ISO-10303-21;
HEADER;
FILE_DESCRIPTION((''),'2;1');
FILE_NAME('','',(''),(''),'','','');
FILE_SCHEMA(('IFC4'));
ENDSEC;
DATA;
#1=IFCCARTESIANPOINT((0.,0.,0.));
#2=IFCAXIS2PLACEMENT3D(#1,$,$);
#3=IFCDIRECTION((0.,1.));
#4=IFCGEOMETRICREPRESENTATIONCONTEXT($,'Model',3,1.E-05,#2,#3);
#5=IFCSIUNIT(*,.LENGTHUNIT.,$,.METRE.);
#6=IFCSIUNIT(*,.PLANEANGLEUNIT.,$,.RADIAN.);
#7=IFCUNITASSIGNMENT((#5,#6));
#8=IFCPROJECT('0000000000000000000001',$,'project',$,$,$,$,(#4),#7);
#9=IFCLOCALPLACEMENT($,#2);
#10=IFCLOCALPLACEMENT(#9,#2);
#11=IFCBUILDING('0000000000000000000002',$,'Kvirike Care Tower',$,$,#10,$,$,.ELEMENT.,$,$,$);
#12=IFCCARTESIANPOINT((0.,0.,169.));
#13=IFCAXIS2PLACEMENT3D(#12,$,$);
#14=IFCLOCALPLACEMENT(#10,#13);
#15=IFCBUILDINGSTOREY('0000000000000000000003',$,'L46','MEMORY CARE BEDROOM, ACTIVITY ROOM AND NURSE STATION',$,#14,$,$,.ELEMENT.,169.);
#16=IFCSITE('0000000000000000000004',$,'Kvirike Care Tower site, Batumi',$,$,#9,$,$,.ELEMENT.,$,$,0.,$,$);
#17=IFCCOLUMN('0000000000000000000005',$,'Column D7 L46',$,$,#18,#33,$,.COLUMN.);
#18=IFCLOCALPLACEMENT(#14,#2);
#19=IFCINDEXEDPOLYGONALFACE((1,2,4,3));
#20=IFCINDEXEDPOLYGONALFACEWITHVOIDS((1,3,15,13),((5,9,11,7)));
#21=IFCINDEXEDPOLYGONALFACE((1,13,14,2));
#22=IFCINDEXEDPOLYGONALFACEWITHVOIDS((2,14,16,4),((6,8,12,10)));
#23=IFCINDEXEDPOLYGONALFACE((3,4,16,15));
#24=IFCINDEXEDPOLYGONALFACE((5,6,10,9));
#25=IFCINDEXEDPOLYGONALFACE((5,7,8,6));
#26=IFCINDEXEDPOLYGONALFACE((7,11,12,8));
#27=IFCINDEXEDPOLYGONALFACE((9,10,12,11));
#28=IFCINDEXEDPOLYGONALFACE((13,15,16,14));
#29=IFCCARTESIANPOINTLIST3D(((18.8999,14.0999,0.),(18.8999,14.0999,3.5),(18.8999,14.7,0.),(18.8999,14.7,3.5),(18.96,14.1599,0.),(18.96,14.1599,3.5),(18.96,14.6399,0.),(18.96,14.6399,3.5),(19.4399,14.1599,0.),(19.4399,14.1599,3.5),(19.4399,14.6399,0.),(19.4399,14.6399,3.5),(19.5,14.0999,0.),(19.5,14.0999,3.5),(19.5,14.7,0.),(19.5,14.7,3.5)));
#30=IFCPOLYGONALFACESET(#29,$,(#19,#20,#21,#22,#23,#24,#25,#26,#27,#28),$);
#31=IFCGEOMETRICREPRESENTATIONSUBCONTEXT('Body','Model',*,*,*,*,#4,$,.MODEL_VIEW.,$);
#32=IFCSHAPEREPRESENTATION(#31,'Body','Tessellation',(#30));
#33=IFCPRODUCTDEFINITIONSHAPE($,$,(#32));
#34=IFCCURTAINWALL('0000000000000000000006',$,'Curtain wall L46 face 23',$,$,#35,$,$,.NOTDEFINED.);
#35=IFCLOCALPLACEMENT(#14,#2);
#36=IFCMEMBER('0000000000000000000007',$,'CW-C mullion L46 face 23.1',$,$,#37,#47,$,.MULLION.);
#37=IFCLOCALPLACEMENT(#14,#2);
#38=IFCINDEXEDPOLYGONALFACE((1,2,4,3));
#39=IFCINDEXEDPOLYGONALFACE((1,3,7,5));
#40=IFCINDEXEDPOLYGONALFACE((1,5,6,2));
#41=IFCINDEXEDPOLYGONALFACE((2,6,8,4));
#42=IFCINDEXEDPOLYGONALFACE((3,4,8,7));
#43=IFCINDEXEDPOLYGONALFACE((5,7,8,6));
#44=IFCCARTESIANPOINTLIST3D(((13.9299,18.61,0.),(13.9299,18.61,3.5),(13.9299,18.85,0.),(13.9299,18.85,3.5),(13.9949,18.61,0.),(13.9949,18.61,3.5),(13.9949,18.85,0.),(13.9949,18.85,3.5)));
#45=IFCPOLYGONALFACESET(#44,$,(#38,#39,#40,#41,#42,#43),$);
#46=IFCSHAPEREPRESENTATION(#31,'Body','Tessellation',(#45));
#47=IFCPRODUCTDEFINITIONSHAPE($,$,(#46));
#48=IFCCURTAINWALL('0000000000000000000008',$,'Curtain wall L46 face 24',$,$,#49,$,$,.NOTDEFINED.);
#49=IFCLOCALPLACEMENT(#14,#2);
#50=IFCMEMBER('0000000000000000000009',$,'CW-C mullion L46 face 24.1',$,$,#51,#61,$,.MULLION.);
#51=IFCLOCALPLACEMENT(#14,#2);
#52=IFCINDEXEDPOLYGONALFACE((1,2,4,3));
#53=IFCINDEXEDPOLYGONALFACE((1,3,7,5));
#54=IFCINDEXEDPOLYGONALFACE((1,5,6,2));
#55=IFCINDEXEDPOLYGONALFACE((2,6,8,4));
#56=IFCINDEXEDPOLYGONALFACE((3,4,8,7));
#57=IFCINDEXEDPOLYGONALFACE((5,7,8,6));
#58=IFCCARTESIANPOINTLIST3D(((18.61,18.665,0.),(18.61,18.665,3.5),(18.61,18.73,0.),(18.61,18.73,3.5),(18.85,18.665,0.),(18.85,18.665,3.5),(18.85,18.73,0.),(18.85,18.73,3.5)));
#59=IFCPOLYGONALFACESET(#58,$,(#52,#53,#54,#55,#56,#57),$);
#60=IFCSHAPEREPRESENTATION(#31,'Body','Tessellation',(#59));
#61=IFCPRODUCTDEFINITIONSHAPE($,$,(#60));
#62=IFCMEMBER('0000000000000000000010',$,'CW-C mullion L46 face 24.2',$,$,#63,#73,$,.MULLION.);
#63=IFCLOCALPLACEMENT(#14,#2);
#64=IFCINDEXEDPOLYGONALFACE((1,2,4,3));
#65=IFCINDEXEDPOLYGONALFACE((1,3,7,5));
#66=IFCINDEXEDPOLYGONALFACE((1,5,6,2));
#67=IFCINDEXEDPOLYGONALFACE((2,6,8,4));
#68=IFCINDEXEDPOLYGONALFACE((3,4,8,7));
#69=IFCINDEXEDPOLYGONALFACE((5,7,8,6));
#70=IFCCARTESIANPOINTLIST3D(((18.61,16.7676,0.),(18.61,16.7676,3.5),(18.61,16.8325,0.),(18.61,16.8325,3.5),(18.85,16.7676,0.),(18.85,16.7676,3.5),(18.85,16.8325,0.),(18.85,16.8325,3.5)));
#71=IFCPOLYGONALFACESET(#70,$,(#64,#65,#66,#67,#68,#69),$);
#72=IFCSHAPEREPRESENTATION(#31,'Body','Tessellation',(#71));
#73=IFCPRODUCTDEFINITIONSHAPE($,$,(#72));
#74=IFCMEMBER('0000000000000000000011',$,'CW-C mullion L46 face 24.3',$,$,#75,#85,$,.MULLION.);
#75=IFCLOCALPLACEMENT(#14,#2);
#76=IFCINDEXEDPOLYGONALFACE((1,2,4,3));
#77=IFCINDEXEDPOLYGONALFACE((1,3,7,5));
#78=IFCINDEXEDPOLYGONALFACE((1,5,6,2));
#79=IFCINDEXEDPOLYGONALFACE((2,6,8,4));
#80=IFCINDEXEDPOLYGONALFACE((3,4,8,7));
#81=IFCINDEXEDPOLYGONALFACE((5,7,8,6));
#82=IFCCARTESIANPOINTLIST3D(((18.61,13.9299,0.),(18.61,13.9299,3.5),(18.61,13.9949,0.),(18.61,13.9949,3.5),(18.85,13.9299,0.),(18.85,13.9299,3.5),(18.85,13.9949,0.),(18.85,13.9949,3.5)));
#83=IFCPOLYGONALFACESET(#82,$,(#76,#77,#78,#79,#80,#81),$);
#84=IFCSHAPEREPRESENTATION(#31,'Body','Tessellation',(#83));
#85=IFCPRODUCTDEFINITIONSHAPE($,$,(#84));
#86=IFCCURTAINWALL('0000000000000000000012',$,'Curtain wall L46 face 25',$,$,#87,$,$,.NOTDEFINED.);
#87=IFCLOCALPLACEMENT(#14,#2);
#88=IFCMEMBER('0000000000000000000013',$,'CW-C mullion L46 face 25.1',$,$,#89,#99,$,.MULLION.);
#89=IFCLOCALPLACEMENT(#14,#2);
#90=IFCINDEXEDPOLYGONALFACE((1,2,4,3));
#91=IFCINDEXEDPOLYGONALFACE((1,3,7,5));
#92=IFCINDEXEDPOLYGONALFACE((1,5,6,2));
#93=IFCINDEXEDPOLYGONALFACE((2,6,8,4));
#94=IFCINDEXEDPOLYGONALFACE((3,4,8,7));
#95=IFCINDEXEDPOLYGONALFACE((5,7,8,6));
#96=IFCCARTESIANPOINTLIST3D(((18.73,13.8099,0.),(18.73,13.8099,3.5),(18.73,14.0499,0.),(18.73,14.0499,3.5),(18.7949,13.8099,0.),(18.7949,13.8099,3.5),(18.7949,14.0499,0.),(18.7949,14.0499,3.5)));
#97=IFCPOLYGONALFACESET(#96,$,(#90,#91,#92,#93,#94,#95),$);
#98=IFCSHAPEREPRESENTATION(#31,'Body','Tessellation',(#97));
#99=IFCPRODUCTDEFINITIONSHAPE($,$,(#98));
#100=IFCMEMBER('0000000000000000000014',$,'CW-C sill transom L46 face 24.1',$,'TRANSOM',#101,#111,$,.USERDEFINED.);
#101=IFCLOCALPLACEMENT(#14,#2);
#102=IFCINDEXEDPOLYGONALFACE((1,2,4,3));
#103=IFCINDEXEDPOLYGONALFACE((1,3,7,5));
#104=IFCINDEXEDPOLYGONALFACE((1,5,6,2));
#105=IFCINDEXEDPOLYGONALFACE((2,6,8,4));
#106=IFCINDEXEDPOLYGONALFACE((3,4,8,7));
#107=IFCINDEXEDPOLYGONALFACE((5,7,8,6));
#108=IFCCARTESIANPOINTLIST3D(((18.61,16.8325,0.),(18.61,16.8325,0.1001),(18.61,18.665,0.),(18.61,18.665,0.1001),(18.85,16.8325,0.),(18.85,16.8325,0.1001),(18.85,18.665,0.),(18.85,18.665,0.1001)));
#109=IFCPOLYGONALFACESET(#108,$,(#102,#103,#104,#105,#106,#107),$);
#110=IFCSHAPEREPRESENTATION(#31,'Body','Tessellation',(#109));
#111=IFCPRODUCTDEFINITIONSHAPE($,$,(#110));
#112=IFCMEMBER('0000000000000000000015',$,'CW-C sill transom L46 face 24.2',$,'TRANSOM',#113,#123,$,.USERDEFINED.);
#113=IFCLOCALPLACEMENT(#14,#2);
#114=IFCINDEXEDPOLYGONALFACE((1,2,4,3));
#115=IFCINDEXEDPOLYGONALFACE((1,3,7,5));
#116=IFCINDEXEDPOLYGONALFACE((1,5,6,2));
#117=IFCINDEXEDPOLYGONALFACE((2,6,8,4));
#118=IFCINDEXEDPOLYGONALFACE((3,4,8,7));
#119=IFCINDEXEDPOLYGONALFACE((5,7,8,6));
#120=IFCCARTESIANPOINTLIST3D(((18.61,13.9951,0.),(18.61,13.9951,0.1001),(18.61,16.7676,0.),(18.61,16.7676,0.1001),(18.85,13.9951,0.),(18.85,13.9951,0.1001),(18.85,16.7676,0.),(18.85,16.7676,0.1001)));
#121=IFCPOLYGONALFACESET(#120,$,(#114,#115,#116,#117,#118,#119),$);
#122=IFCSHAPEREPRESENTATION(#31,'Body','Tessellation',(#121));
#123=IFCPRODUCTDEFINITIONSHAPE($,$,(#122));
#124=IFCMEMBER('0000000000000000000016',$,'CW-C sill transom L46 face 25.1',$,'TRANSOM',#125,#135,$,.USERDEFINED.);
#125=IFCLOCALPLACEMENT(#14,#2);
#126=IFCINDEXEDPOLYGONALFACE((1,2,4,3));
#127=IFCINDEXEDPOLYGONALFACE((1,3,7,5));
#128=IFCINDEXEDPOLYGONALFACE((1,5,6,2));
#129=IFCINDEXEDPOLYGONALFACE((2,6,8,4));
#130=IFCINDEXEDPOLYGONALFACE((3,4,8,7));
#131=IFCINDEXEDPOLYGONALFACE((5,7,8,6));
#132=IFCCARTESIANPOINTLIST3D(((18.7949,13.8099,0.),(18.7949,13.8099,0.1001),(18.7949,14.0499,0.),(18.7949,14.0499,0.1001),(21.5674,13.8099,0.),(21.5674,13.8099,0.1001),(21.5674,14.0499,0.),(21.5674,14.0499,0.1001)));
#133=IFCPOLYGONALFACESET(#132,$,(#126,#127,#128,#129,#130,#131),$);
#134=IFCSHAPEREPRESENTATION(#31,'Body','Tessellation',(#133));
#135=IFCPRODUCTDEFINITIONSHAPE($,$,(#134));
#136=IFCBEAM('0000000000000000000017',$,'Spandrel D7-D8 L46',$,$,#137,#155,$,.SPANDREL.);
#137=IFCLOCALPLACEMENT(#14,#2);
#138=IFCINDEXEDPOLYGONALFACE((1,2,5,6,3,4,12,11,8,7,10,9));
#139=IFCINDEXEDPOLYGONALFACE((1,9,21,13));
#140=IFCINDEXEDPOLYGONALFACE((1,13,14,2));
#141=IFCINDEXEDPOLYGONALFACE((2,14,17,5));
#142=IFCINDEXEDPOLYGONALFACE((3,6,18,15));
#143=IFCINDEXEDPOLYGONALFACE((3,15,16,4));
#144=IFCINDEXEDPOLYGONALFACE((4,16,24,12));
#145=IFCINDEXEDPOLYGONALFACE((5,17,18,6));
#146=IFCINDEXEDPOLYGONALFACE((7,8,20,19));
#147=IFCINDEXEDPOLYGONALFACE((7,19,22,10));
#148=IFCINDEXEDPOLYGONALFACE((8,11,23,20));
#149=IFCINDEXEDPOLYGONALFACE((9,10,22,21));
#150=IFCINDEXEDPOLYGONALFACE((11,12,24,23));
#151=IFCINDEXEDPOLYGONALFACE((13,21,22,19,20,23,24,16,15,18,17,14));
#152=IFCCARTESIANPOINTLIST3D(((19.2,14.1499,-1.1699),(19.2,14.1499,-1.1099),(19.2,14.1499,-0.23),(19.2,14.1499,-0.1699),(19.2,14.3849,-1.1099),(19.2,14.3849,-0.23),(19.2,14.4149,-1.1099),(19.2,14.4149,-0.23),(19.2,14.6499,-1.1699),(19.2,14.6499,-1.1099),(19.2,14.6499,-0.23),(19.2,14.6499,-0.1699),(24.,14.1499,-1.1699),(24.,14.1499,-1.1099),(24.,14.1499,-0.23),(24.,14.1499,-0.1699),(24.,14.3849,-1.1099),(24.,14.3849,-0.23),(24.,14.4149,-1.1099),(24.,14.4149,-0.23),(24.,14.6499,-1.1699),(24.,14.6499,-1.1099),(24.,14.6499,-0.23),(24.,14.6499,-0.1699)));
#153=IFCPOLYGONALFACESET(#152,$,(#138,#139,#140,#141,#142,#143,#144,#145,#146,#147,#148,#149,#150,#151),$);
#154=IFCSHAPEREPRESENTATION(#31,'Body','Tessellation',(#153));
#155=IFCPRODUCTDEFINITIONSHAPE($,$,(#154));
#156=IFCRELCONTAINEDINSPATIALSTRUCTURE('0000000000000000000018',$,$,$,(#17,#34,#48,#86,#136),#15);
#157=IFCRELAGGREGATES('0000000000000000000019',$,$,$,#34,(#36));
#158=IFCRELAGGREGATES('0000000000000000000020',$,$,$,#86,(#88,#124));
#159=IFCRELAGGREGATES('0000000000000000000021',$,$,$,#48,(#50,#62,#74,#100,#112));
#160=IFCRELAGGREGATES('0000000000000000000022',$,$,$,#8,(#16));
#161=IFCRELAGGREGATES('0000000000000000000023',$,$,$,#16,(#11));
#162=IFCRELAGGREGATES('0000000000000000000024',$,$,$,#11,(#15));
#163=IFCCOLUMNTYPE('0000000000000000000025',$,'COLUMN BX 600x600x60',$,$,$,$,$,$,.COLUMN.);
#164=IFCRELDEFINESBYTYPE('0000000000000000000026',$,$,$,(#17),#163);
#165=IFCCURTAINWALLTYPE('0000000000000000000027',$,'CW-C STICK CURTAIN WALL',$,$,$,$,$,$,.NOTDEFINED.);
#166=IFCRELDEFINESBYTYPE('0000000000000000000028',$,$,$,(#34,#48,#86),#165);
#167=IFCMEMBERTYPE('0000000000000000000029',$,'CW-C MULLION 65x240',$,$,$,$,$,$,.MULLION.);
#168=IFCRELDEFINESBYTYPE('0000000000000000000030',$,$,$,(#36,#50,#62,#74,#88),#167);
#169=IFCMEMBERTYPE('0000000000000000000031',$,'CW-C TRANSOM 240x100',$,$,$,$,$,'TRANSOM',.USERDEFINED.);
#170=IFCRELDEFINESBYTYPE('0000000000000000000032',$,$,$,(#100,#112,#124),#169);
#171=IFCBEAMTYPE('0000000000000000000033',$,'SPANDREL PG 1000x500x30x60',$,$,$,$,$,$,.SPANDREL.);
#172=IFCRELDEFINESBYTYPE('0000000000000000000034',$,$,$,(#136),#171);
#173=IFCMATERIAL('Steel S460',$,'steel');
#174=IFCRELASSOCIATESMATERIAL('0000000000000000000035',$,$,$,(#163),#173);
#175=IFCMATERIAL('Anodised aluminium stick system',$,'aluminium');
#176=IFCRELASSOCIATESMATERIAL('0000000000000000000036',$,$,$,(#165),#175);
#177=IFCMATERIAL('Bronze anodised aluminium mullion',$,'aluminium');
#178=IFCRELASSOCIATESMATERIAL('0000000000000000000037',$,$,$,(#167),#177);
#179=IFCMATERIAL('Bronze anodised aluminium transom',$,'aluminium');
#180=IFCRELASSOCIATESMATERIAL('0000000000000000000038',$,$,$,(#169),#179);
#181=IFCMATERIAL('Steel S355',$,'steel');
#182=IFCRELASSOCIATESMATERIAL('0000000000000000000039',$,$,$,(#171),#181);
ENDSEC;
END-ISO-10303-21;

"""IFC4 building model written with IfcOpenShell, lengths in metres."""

from ifc_helpers import new_model, si_unit, direction, frame, origin, origin_2d, place, context, subcontext, project, spatial, rectangle, hollow_rectangle, i_section, extrude, material, material_profile, profile_set, type_object, element, aggregate, save


model = new_model("IFC4")

# Units and contexts
model_context = context("Model", 3, precision=1e-05, world=origin(), true_north=direction((0.0, 1.0)))
body_context = subcontext(model_context, "Body", "Model", "MODEL_VIEW")
ifc_project = project(units=[si_unit("LENGTHUNIT", "METRE"), si_unit("PLANEANGLEUNIT", "RADIAN")], contexts=[model_context])

# Site, building, storey
site_placement = place(None, origin())
site = spatial("IfcSite", under=ifc_project, at=site_placement, Name="Kvirike Care Tower site, Batumi", CompositionType="ELEMENT", RefElevation=0.0)
building_placement = place(site_placement, origin())
building = spatial("IfcBuilding", under=site, at=building_placement, Name="Kvirike Care Tower", CompositionType="ELEMENT")
storey_placement = place(building_placement, frame((0.0, 0.0, 169.0)))
storey = spatial("IfcBuildingStorey", under=building, at=storey_placement, Name="L46", Description="MEMORY CARE BEDROOM, ACTIVITY ROOM AND NURSE STATION", CompositionType="ELEMENT", Elevation=169.0)

# Column
ifc_material_1 = material(Name="Steel S460", Category="steel")
ifc_material_profile_1 = material_profile(ifc_material_1, hollow_rectangle(XDim=0.6001, YDim=0.6001, WallThickness=0.0601, at=origin_2d()), Name="BX 600x600x60")
ifc_profile_set_1 = profile_set([ifc_material_profile_1], Name="Steel S460")
column_type = type_object("IfcColumnType", Name="COLUMN BX 600x600x60", PredefinedType="COLUMN", material=ifc_profile_set_1)
column_placement = place(storey_placement, frame((19.2, 14.3999, 0.0), z_axis=(0.0, 0.0, 1.0), x_axis=(0.0, 1.0, 0.0)))
element("IfcColumn", 1, at=column_placement, inside=storey, type_object=column_type, Name="Column D7 L46", PredefinedType="COLUMN", context=body_context, shape_type="SweptSolid", body=[
    extrude(hollow_rectangle(XDim=0.6001, YDim=0.6001, WallThickness=0.0601, at=origin_2d()), origin(), (0.0, 0.0, 1.0), 3.5),
])

# Curtain wall, member
ifc_material_2 = material(Name="Anodised aluminium stick system", Category="aluminium")
curtain_wall_type = type_object("IfcCurtainWallType", Name="CW-C STICK CURTAIN WALL", PredefinedType="NOTDEFINED", material=ifc_material_2)
curtain_wall_1_placement = place(storey_placement, origin())
curtain_wall_1 = element("IfcCurtainWall", 2, at=curtain_wall_1_placement, inside=storey, type_object=curtain_wall_type, Name="Curtain wall L46 face 23", PredefinedType="NOTDEFINED")
ifc_material_3 = material(Name="Bronze anodised aluminium mullion", Category="aluminium")
ifc_material_profile_2 = material_profile(ifc_material_3, rectangle(XDim=0.0649, YDim=0.24, at=origin_2d()), Name="CW-C MULLION 65x240")
ifc_profile_set_2 = profile_set([ifc_material_profile_2], Name="Bronze anodised aluminium mullion")
member_type_1 = type_object("IfcMemberType", Name="CW-C MULLION 65x240", PredefinedType="MULLION", material=ifc_profile_set_2)
member_1_placement = place(storey_placement, frame((13.9624, 18.73, 0.0), z_axis=(0.0, 0.0, 1.0), x_axis=(1.0, 0.0, 0.0)))
member_1 = element("IfcMember", 3, at=member_1_placement, type_object=member_type_1, Name="CW-C mullion L46 face 23.1", PredefinedType="MULLION", context=body_context, shape_type="SweptSolid", body=[
    extrude(rectangle(XDim=0.0649, YDim=0.24, at=origin_2d()), origin(), (0.0, 0.0, 1.0), 3.5),
])
aggregate(curtain_wall_1, [member_1])

# Curtain wall, members
curtain_wall_2_placement = place(storey_placement, origin())
curtain_wall_2 = element("IfcCurtainWall", 4, at=curtain_wall_2_placement, inside=storey, type_object=curtain_wall_type, Name="Curtain wall L46 face 24", PredefinedType="NOTDEFINED")
member_2_placement = place(storey_placement, frame((18.73, 18.6975, 0.0), z_axis=(0.0, 0.0, 1.0), x_axis=(0.0, -1.0, 0.0)))
member_2 = element("IfcMember", 5, at=member_2_placement, type_object=member_type_1, Name="CW-C mullion L46 face 24.1", PredefinedType="MULLION", context=body_context, shape_type="SweptSolid", body=[
    extrude(rectangle(XDim=0.0649, YDim=0.24, at=origin_2d()), origin(), (0.0, 0.0, 1.0), 3.5),
])
member_3_placement = place(storey_placement, frame((18.73, 16.8, 0.0), z_axis=(0.0, 0.0, 1.0), x_axis=(0.0, -1.0, 0.0)))
member_3 = element("IfcMember", 6, at=member_3_placement, type_object=member_type_1, Name="CW-C mullion L46 face 24.2", PredefinedType="MULLION", context=body_context, shape_type="SweptSolid", body=[
    extrude(rectangle(XDim=0.0649, YDim=0.24, at=origin_2d()), origin(), (0.0, 0.0, 1.0), 3.5),
])
member_4_placement = place(storey_placement, frame((18.73, 13.9624, 0.0), z_axis=(0.0, 0.0, 1.0), x_axis=(0.0, -1.0, 0.0)))
member_4 = element("IfcMember", 7, at=member_4_placement, type_object=member_type_1, Name="CW-C mullion L46 face 24.3", PredefinedType="MULLION", context=body_context, shape_type="SweptSolid", body=[
    extrude(rectangle(XDim=0.0649, YDim=0.24, at=origin_2d()), origin(), (0.0, 0.0, 1.0), 3.5),
])

# Curtain wall, member
curtain_wall_3_placement = place(storey_placement, origin())
curtain_wall_3 = element("IfcCurtainWall", 8, at=curtain_wall_3_placement, inside=storey, type_object=curtain_wall_type, Name="Curtain wall L46 face 25", PredefinedType="NOTDEFINED")
member_5_placement = place(storey_placement, frame((18.7625, 13.9299, 0.0), z_axis=(0.0, 0.0, 1.0), x_axis=(1.0, 0.0, 0.0)))
member_5 = element("IfcMember", 9, at=member_5_placement, type_object=member_type_1, Name="CW-C mullion L46 face 25.1", PredefinedType="MULLION", context=body_context, shape_type="SweptSolid", body=[
    extrude(rectangle(XDim=0.0649, YDim=0.24, at=origin_2d()), origin(), (0.0, 0.0, 1.0), 3.5),
])

# Members
ifc_material_4 = material(Name="Bronze anodised aluminium transom", Category="aluminium")
ifc_material_profile_3 = material_profile(ifc_material_4, rectangle(XDim=0.24, YDim=0.1001, at=origin_2d()), Name="CW-C TRANSOM 240x100")
ifc_profile_set_3 = profile_set([ifc_material_profile_3], Name="Bronze anodised aluminium transom")
member_type_2 = type_object("IfcMemberType", Name="CW-C TRANSOM 240x100", ElementType="TRANSOM", PredefinedType="USERDEFINED", material=ifc_profile_set_3)
member_6_placement = place(storey_placement, frame((18.73, 18.665, 0.05), z_axis=(0.0, -1.0, 0.0), x_axis=(1.0, 0.0, 0.0)))
member_6 = element("IfcMember", 10, at=member_6_placement, type_object=member_type_2, Name="CW-C sill transom L46 face 24.1", ObjectType="TRANSOM", PredefinedType="USERDEFINED", context=body_context, shape_type="SweptSolid", body=[
    extrude(rectangle(XDim=0.24, YDim=0.1001, at=origin_2d()), origin(), (0.0, 0.0, 1.0), 1.8325),
])
member_7_placement = place(storey_placement, frame((18.73, 16.7676, 0.05), z_axis=(0.0, -1.0, 0.0), x_axis=(1.0, 0.0, 0.0)))
member_7 = element("IfcMember", 11, at=member_7_placement, type_object=member_type_2, Name="CW-C sill transom L46 face 24.2", ObjectType="TRANSOM", PredefinedType="USERDEFINED", context=body_context, shape_type="SweptSolid", body=[
    extrude(rectangle(XDim=0.24, YDim=0.1001, at=origin_2d()), origin(), (0.0, 0.0, 1.0), 2.7725),
])
member_8_placement = place(storey_placement, frame((18.7949, 13.9299, 0.05), z_axis=(1.0, 0.0, 0.0), x_axis=(0.0, 1.0, 0.0)))
member_8 = element("IfcMember", 12, at=member_8_placement, type_object=member_type_2, Name="CW-C sill transom L46 face 25.1", ObjectType="TRANSOM", PredefinedType="USERDEFINED", context=body_context, shape_type="SweptSolid", body=[
    extrude(rectangle(XDim=0.24, YDim=0.1001, at=origin_2d()), origin(), (0.0, 0.0, 1.0), 2.7725),
])
aggregate(curtain_wall_3, [member_5, member_8])

# Beam
ifc_material_5 = material(Name="Steel S355", Category="steel")
ifc_material_profile_4 = material_profile(ifc_material_5, i_section(OverallWidth=0.5, OverallDepth=1.0, WebThickness=0.03, FlangeThickness=0.0601, at=origin_2d()), Name="PG 1000x500x30x60")
ifc_profile_set_4 = profile_set([ifc_material_profile_4], Name="Steel S355")
beam_type = type_object("IfcBeamType", Name="SPANDREL PG 1000x500x30x60", PredefinedType="SPANDREL", material=ifc_profile_set_4)
beam_placement = place(storey_placement, frame((19.2, 14.3999, -0.6699), z_axis=(1.0, 0.0, 0.0), x_axis=(0.0, 1.0, 0.0)))
element("IfcBeam", 13, at=beam_placement, inside=storey, type_object=beam_type, Name="Spandrel D7-D8 L46", PredefinedType="SPANDREL", context=body_context, shape_type="SweptSolid", body=[
    extrude(i_section(OverallWidth=0.5, OverallDepth=1.0, WebThickness=0.03, FlangeThickness=0.0601, at=origin_2d()), origin(), (0.0, 0.0, 1.0), 4.8),
])

aggregate(curtain_wall_2, [member_2, member_3, member_4, member_6, member_7])

save(model, "model.ifc")
